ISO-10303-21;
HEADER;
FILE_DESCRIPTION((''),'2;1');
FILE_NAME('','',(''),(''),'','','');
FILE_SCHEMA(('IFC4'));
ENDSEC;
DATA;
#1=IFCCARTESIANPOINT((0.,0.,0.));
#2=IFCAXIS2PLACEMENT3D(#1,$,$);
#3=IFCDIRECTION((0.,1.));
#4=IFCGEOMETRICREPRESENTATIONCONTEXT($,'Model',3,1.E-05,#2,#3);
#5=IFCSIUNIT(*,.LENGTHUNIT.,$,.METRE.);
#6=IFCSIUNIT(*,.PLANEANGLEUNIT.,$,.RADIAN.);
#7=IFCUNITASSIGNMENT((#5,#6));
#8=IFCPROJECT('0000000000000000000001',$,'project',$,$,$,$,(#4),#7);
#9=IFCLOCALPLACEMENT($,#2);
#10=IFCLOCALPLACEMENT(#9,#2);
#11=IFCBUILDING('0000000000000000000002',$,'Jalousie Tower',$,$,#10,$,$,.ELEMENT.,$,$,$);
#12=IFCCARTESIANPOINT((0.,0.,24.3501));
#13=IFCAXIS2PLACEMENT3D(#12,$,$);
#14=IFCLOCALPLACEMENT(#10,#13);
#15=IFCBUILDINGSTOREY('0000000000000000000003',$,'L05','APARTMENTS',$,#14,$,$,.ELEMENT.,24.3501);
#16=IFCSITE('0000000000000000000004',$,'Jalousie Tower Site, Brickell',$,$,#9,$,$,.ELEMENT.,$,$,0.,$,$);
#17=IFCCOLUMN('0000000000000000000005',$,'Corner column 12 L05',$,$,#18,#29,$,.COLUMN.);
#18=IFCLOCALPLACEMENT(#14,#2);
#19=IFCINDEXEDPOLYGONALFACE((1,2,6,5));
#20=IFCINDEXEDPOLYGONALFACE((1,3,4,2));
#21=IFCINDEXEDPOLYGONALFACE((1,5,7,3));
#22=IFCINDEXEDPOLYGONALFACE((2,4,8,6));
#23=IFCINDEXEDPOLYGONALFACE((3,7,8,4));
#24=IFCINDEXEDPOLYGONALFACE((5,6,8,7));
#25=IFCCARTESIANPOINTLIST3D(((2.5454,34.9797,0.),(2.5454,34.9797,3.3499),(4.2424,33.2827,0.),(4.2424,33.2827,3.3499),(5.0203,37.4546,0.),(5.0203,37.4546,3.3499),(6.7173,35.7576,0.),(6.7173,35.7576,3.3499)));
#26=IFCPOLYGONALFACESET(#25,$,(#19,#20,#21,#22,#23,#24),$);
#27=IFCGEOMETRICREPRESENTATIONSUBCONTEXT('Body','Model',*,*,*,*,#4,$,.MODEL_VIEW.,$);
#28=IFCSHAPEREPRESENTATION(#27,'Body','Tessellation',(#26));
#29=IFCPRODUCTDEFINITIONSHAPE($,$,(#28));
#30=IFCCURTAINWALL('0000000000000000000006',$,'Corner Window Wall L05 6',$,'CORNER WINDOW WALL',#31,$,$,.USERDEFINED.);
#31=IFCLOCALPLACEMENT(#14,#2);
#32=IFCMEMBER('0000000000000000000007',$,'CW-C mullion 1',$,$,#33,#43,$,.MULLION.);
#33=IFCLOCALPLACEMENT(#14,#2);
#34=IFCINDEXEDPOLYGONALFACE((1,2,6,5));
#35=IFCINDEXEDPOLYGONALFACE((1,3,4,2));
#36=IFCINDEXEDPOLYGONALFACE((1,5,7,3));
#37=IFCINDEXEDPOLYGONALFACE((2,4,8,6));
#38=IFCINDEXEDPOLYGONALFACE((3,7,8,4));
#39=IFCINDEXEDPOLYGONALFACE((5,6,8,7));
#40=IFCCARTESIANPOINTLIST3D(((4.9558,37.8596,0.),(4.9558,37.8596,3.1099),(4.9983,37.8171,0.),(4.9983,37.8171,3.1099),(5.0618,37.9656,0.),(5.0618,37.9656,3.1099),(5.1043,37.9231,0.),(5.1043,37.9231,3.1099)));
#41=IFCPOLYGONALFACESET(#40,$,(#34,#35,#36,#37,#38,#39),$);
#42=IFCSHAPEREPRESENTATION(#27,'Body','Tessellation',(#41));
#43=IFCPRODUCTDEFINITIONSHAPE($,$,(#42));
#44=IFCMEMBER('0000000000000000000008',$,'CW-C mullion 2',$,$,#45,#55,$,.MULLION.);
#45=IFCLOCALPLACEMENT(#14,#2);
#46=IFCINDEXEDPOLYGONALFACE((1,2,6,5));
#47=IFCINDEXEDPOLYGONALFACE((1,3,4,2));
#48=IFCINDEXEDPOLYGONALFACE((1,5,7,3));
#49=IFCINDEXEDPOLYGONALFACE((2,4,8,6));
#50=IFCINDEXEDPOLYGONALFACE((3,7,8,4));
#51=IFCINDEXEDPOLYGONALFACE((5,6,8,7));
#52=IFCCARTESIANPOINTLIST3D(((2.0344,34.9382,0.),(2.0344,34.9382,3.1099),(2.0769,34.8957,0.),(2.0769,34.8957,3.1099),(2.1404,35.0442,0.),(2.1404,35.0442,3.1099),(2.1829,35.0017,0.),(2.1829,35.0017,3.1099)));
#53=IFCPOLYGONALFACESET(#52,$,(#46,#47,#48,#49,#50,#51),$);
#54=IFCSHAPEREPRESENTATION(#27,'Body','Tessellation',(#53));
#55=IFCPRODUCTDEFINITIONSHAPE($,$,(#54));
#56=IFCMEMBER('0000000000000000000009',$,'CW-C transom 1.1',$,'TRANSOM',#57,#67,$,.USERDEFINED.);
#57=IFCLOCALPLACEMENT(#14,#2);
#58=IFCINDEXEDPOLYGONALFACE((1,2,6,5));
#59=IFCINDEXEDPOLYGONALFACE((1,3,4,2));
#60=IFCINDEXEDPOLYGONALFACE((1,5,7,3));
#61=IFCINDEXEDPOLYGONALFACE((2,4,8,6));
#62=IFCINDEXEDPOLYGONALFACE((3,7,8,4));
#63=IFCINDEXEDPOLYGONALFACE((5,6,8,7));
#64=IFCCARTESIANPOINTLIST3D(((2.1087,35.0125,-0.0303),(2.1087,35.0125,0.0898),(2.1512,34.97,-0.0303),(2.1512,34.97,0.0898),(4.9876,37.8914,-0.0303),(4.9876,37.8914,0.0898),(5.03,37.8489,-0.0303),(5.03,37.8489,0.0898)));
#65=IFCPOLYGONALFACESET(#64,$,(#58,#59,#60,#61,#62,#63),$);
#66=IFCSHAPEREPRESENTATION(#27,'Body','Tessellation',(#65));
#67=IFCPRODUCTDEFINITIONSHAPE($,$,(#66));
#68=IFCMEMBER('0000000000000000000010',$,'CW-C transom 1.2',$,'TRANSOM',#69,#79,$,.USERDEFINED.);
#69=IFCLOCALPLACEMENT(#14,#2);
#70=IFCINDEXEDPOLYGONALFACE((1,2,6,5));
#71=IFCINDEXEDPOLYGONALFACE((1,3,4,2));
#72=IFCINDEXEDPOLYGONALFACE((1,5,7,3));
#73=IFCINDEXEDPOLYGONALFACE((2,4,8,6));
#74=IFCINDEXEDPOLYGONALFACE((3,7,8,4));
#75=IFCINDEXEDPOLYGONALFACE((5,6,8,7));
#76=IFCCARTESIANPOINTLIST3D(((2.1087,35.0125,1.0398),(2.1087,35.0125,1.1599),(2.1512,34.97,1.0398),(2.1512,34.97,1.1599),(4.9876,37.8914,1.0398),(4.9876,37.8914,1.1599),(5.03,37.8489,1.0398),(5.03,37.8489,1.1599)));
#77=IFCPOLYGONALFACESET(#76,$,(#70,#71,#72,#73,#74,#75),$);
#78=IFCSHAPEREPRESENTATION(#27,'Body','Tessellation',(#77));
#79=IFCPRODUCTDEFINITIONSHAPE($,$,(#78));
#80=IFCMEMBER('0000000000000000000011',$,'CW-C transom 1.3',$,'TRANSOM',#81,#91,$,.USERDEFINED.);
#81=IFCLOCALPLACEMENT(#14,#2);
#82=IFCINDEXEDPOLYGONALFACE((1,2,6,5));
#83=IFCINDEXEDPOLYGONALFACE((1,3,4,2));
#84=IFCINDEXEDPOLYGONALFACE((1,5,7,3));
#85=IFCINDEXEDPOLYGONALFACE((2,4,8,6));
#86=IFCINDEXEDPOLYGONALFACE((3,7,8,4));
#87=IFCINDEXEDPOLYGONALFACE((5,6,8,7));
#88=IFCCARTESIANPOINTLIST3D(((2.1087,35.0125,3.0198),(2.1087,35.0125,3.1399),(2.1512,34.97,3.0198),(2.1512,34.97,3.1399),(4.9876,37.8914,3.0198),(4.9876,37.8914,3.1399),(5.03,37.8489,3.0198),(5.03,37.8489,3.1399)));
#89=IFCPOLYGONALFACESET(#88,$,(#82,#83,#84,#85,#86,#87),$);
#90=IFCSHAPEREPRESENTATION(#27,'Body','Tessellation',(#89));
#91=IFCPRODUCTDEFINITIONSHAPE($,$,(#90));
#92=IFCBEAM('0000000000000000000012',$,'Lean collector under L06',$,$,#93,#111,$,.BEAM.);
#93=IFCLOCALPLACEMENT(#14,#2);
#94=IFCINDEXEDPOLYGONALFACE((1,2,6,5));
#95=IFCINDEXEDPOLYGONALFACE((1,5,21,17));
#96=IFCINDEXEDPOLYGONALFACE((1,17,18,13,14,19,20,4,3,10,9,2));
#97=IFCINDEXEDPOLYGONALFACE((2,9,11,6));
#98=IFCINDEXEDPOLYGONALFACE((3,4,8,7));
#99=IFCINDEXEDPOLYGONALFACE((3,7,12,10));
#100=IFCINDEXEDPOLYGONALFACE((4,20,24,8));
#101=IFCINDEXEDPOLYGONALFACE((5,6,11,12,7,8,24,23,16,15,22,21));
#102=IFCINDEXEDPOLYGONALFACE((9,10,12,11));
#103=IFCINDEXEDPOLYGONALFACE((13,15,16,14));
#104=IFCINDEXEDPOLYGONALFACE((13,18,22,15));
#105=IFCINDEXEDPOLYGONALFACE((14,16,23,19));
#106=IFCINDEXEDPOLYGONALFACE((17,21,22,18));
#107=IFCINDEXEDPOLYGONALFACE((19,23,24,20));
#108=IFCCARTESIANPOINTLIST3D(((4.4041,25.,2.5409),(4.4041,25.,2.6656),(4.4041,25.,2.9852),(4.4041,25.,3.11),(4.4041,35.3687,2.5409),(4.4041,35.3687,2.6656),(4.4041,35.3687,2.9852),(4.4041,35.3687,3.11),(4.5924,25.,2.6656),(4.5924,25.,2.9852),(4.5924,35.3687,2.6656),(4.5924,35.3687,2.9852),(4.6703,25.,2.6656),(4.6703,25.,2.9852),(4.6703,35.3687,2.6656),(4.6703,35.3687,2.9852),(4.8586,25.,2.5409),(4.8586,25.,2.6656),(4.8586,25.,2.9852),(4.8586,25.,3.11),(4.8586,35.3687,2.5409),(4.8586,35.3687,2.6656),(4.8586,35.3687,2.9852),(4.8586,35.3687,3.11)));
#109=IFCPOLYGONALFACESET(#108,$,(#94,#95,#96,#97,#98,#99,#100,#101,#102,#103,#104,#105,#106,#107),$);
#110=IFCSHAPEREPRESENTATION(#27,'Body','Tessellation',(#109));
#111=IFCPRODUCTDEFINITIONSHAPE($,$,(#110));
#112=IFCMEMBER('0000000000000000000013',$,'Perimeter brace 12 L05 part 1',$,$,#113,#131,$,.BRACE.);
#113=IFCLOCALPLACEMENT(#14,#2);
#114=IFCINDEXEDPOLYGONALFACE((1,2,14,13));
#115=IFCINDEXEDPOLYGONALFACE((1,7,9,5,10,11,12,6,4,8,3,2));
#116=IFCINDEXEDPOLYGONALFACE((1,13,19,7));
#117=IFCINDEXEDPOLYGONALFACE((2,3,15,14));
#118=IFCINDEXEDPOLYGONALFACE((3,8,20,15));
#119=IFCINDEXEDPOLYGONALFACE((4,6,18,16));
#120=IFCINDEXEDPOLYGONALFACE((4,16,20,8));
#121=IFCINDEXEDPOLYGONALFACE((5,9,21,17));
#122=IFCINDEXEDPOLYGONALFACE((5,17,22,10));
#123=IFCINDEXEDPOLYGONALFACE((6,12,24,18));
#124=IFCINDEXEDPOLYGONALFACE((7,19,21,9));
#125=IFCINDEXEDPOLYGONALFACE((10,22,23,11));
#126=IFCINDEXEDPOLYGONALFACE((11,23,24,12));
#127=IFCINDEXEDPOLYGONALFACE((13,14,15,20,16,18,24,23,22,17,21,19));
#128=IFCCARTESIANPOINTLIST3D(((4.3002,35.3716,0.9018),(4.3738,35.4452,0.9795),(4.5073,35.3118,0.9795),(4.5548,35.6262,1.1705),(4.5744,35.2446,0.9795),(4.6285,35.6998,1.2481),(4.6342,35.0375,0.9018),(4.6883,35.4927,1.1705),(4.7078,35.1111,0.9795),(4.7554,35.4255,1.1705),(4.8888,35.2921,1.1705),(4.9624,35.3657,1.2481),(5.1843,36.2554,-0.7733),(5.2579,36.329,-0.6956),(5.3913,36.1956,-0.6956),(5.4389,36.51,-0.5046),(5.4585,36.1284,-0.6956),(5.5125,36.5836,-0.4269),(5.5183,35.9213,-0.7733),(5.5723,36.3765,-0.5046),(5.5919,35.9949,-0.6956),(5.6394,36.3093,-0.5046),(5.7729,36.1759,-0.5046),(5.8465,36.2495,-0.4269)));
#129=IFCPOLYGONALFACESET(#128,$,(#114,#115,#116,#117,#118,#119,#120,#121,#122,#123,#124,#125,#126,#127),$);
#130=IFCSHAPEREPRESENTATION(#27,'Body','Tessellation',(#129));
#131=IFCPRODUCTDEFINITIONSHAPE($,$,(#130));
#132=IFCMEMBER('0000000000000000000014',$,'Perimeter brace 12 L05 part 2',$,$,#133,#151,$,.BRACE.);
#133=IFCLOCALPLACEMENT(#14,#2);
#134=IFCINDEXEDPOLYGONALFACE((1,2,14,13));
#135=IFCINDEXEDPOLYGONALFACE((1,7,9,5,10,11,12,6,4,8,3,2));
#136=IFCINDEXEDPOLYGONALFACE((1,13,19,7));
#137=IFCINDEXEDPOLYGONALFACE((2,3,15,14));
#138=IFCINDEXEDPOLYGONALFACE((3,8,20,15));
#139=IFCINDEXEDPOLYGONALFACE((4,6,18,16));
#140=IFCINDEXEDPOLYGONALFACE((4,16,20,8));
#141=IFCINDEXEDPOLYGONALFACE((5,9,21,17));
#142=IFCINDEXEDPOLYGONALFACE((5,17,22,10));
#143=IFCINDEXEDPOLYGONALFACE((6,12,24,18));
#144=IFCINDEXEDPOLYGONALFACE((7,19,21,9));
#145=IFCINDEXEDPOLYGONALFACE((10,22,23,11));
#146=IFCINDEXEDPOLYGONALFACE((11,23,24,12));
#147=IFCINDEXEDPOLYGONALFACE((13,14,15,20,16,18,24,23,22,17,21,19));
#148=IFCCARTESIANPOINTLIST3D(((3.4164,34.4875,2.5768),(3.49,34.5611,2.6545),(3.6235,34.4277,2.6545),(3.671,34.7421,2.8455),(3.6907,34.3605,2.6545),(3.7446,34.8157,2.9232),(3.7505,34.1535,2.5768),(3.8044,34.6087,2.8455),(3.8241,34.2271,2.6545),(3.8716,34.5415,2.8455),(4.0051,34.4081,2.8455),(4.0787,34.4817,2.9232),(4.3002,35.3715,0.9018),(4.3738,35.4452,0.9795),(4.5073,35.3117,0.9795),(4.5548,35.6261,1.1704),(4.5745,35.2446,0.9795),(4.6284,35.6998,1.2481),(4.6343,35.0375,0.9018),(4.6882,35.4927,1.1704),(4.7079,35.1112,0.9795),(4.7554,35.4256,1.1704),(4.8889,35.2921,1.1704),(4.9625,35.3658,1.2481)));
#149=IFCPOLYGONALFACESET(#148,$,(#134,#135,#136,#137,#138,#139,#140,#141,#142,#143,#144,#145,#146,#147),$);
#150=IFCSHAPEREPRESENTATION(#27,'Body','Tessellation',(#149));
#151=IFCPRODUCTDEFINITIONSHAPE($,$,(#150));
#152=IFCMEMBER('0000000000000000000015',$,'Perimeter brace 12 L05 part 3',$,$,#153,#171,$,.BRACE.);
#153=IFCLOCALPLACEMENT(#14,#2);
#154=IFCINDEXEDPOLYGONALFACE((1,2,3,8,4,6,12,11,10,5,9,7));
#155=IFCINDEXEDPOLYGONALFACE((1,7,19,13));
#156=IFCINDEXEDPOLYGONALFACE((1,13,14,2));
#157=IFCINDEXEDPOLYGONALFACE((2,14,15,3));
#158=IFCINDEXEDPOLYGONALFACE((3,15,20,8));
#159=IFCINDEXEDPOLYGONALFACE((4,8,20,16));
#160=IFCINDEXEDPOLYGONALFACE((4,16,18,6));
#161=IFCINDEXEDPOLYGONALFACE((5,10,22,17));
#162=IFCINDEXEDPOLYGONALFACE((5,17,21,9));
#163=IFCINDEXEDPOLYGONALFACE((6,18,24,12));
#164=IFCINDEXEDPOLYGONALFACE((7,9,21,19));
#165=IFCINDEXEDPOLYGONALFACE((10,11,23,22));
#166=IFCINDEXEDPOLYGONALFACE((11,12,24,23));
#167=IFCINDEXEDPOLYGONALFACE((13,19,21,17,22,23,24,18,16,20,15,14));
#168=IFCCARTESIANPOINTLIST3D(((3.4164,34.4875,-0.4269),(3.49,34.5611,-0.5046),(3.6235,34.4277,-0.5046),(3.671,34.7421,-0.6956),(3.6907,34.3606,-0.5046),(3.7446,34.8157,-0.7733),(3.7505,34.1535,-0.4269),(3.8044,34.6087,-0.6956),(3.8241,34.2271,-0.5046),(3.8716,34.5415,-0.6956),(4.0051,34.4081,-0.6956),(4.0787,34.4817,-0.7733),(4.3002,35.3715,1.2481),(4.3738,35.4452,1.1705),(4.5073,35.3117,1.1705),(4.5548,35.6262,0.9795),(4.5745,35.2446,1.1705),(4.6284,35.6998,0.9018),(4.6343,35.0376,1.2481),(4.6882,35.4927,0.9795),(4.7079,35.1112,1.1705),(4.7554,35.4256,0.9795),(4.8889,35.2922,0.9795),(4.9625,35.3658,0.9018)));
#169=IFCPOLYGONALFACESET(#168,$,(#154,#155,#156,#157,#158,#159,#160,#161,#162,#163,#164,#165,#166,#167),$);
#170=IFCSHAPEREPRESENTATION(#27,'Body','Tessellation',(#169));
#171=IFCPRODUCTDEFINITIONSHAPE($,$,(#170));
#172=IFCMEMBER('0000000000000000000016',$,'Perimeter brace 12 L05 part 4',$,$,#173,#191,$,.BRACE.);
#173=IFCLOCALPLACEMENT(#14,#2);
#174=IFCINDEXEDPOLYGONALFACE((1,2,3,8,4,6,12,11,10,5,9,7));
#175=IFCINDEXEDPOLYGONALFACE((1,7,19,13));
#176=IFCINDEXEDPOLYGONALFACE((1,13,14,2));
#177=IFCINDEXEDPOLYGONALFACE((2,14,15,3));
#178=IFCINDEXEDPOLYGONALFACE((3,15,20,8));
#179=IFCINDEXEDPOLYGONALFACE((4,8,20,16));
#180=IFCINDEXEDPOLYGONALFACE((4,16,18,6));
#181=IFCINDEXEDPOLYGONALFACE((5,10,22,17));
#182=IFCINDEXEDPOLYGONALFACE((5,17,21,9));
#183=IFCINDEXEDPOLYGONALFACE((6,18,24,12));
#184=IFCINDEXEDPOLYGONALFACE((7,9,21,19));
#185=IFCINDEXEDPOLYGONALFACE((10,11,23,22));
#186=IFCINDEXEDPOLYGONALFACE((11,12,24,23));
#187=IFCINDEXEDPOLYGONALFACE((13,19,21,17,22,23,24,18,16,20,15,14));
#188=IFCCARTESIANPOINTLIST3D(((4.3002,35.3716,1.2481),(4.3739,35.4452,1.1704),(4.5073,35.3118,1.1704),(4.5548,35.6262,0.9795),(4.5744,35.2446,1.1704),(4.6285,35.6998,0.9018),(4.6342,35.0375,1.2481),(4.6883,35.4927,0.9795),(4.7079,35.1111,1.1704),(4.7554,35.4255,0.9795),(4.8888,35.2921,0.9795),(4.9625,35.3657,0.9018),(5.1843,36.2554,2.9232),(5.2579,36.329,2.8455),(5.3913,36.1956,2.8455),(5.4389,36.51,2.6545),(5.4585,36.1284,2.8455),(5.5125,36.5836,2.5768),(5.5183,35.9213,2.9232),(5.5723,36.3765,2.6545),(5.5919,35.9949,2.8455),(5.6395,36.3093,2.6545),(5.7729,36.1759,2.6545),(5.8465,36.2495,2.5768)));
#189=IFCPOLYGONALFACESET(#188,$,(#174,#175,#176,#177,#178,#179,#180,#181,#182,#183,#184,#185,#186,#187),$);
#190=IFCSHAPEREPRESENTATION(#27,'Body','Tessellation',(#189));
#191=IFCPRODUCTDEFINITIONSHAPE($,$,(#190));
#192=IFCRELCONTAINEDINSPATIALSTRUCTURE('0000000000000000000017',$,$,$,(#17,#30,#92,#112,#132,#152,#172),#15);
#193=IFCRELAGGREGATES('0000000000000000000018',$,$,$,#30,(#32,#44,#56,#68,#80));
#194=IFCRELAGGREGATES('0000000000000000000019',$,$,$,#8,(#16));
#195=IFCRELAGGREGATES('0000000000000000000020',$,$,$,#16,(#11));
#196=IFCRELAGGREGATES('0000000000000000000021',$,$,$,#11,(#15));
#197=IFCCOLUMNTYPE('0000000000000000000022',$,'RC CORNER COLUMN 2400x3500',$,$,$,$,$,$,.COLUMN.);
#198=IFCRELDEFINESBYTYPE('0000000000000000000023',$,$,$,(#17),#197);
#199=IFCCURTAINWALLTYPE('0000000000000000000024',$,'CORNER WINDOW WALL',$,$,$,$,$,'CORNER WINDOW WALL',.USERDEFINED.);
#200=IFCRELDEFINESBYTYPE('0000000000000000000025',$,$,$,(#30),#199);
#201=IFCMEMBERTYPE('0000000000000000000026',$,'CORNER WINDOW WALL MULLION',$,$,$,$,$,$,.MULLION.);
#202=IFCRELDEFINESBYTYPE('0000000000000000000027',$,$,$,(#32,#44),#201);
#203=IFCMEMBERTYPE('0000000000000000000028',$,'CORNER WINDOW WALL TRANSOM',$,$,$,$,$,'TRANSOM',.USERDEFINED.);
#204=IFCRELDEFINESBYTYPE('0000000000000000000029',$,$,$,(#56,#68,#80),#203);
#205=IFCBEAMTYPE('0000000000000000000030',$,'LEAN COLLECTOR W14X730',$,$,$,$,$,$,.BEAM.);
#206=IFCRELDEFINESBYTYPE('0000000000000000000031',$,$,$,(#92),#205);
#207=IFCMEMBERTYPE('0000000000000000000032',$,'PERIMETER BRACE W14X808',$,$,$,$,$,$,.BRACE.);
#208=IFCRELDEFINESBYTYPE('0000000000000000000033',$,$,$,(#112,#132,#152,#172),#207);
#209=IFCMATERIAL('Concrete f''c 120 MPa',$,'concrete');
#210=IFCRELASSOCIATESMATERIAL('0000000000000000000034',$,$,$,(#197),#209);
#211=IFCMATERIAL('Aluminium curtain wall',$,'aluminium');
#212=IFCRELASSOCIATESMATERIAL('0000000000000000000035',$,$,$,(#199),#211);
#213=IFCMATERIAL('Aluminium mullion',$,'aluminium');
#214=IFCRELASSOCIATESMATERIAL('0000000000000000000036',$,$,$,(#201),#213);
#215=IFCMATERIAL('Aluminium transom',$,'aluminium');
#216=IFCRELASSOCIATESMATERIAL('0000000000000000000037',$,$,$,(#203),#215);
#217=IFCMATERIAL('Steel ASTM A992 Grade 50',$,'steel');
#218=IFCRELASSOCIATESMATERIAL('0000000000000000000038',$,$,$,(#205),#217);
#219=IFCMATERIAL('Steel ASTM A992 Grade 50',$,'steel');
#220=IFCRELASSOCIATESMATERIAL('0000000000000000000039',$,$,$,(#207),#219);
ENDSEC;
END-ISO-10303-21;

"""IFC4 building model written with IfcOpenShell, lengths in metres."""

from ifc_helpers import new_model, si_unit, direction, frame, origin, origin_2d, place, context, subcontext, project, spatial, rectangle, i_section, extrude, material, material_profile, profile_set, type_object, element, aggregate, save


model = new_model("IFC4")

# Units and contexts
model_context = context("Model", 3, precision=1e-05, world=origin(), true_north=direction((0.0, 1.0)))
body_context = subcontext(model_context, "Body", "Model", "MODEL_VIEW")
ifc_project = project(units=[si_unit("LENGTHUNIT", "METRE"), si_unit("PLANEANGLEUNIT", "RADIAN")], contexts=[model_context])

# Site, building, storey
site_placement = place(None, origin())
site = spatial("IfcSite", under=ifc_project, at=site_placement, Name="Jalousie Tower Site, Brickell", CompositionType="ELEMENT", RefElevation=0.0)
building_placement = place(site_placement, origin())
building = spatial("IfcBuilding", under=site, at=building_placement, Name="Jalousie Tower", CompositionType="ELEMENT")
storey_placement = place(building_placement, frame((0.0, 0.0, 24.3501)))
storey = spatial("IfcBuildingStorey", under=building, at=storey_placement, Name="L05", Description="APARTMENTS", CompositionType="ELEMENT", Elevation=24.3501)

# Column
ifc_material_1 = material(Name="Concrete f'c 120 MPa", Category="concrete")
ifc_material_profile_1 = material_profile(ifc_material_1, rectangle(XDim=2.3999, YDim=3.5, at=origin_2d()), Name="RC 2400x3500")
ifc_profile_set_1 = profile_set([ifc_material_profile_1], Name="Concrete f'c 120 MPa")
column_type = type_object("IfcColumnType", Name="RC CORNER COLUMN 2400x3500", PredefinedType="COLUMN", material=ifc_profile_set_1)
column_placement = place(storey_placement, frame((4.6313, 35.3687, 0.0), z_axis=(0.0, 0.0, 1.0), x_axis=(0.707107, -0.707107, 0.0)))
element("IfcColumn", 1, at=column_placement, inside=storey, type_object=column_type, Name="Corner column 12 L05", PredefinedType="COLUMN", context=body_context, shape_type="SweptSolid", body=[
    extrude(rectangle(XDim=2.3999, YDim=3.5, at=origin_2d()), origin(), (0.0, 0.0, 1.0), 3.3499),
])

# Curtain wall, members
ifc_material_2 = material(Name="Aluminium curtain wall", Category="aluminium")
curtain_wall_type_1 = type_object("IfcCurtainWallType", Name="CORNER WINDOW WALL", ElementType="CORNER WINDOW WALL", PredefinedType="USERDEFINED", material=ifc_material_2)
curtain_wall_1_placement = place(storey_placement, origin())
curtain_wall_1 = element("IfcCurtainWall", 2, at=curtain_wall_1_placement, inside=storey, type_object=curtain_wall_type_1, Name="Corner Window Wall L05 6", ObjectType="CORNER WINDOW WALL", PredefinedType="USERDEFINED")
ifc_material_3 = material(Name="Aluminium mullion", Category="aluminium")
ifc_material_profile_2 = material_profile(ifc_material_3, rectangle(XDim=0.0601, YDim=0.1499, at=origin_2d()), Name="MULLION 60x150")
ifc_profile_set_2 = profile_set([ifc_material_profile_2], Name="Aluminium mullion")
member_type_1 = type_object("IfcMemberType", Name="CORNER WINDOW WALL MULLION", PredefinedType="MULLION", material=ifc_profile_set_2)
member_1_placement = place(storey_placement, frame((5.03, 37.8914, 0.0), z_axis=(0.0, 0.0, 1.0), x_axis=(0.707107, -0.707107, 0.0)))
member_1 = element("IfcMember", 3, at=member_1_placement, type_object=member_type_1, Name="CW-C mullion 1", PredefinedType="MULLION", context=body_context, shape_type="SweptSolid", body=[
    extrude(rectangle(XDim=0.0601, YDim=0.1499, at=origin_2d()), origin(), (0.0, 0.0, 1.0), 3.1099),
])
member_2_placement = place(storey_placement, frame((2.1086, 34.97, 0.0), z_axis=(0.0, 0.0, 1.0), x_axis=(0.707107, -0.707107, 0.0)))
member_2 = element("IfcMember", 4, at=member_2_placement, type_object=member_type_1, Name="CW-C mullion 2", PredefinedType="MULLION", context=body_context, shape_type="SweptSolid", body=[
    extrude(rectangle(XDim=0.0601, YDim=0.1499, at=origin_2d()), origin(), (0.0, 0.0, 1.0), 3.1099),
])
ifc_material_4 = material(Name="Aluminium transom", Category="aluminium")
ifc_material_profile_3 = material_profile(ifc_material_4, rectangle(XDim=0.0601, YDim=0.1201, at=origin_2d()), Name="TRANSOM 60x120")
ifc_profile_set_3 = profile_set([ifc_material_profile_3], Name="Aluminium transom")
member_type_2 = type_object("IfcMemberType", Name="CORNER WINDOW WALL TRANSOM", ElementType="TRANSOM", PredefinedType="USERDEFINED", material=ifc_profile_set_3)
member_3_placement = place(storey_placement, frame((5.0088, 37.8701, 0.0298), z_axis=(-0.707107, -0.707107, 0.0), x_axis=(0.707107, -0.707107, 0.0)))
member_3 = element("IfcMember", 5, at=member_3_placement, type_object=member_type_2, Name="CW-C transom 1.1", ObjectType="TRANSOM", PredefinedType="USERDEFINED", context=body_context, shape_type="SweptSolid", body=[
    extrude(rectangle(XDim=0.0601, YDim=0.1201, at=origin_2d()), origin(), (0.0, 0.0, 1.0), 4.0713),
])
member_4_placement = place(storey_placement, frame((5.0088, 37.8701, 1.0999), z_axis=(-0.707107, -0.707107, 0.0), x_axis=(0.707107, -0.707107, 0.0)))
member_4 = element("IfcMember", 6, at=member_4_placement, type_object=member_type_2, Name="CW-C transom 1.2", ObjectType="TRANSOM", PredefinedType="USERDEFINED", context=body_context, shape_type="SweptSolid", body=[
    extrude(rectangle(XDim=0.0601, YDim=0.1201, at=origin_2d()), origin(), (0.0, 0.0, 1.0), 4.0713),
])
member_5_placement = place(storey_placement, frame((5.0088, 37.8701, 3.0798), z_axis=(-0.707107, -0.707107, 0.0), x_axis=(0.707107, -0.707107, 0.0)))
member_5 = element("IfcMember", 7, at=member_5_placement, type_object=member_type_2, Name="CW-C transom 1.3", ObjectType="TRANSOM", PredefinedType="USERDEFINED", context=body_context, shape_type="SweptSolid", body=[
    extrude(rectangle(XDim=0.0601, YDim=0.1201, at=origin_2d()), origin(), (0.0, 0.0, 1.0), 4.0713),
])

# Beam
ifc_material_5 = material(Name="Steel ASTM A992 Grade 50", Category="steel")
ifc_material_profile_4 = material_profile(ifc_material_5, i_section(OverallWidth=0.4546, OverallDepth=0.5691, WebThickness=0.0779, FlangeThickness=0.1248, at=origin_2d()), Name="W14X730")
ifc_profile_set_4 = profile_set([ifc_material_profile_4], Name="Steel ASTM A992 Grade 50")
beam_type_1 = type_object("IfcBeamType", Name="LEAN COLLECTOR W14X730", PredefinedType="BEAM", material=ifc_profile_set_4)
beam_1_placement = place(storey_placement, frame((4.6313, 35.3687, 2.8254), z_axis=(0.0, -1.0, 0.0), x_axis=(1.0, 0.0, 0.0)))
element("IfcBeam", 8, at=beam_1_placement, inside=storey, type_object=beam_type_1, Name="Lean collector under L06", PredefinedType="BEAM", context=body_context, shape_type="SweptSolid", body=[
    extrude(i_section(OverallWidth=0.4546, OverallDepth=0.5691, WebThickness=0.0779, FlangeThickness=0.1248, at=origin_2d()), origin(), (0.0, 0.0, 1.0), 10.3687),
])

# Members
ifc_material_6 = material(Name="Steel ASTM A992 Grade 50", Category="steel")
ifc_material_profile_5 = material_profile(ifc_material_6, i_section(OverallWidth=0.4724, OverallDepth=0.5791, WebThickness=0.095, FlangeThickness=0.1299, at=origin_2d()), Name="W14X808")
ifc_profile_set_5 = profile_set([ifc_material_profile_5], Name="Steel ASTM A992 Grade 50")
member_type_3 = type_object("IfcMemberType", Name="PERIMETER BRACE W14X808", PredefinedType="BRACE", material=ifc_profile_set_5)
for number, where, z_axis, x_axis, name in (
    (9, (5.5154, 36.2524, -0.6001), (-0.422969, -0.422852, 0.801432), (0.707009, -0.707204, 0.0), "Perimeter brace 12 L05 part 1"),
    (10, (4.6313, 35.3687, 1.075), (-0.422852, -0.422969, 0.801432), (0.707204, -0.707009, 0.0), "Perimeter brace 12 L05 part 2"),
    (11, (3.7476, 34.4846, -0.6001), (0.422852, 0.422969, 0.801432), (-0.707204, 0.707009, 0.0), "Perimeter brace 12 L05 part 3"),
    (12, (4.6313, 35.3687, 1.075), (0.422969, 0.422852, 0.801432), (-0.707009, 0.707204, 0.0), "Perimeter brace 12 L05 part 4"),
):
    element("IfcMember", number, at=place(storey_placement, frame(where, z_axis=z_axis, x_axis=x_axis)), inside=storey, type_object=member_type_3, Name=name, PredefinedType="BRACE", context=body_context, shape_type="SweptSolid", body=[
        extrude(i_section(OverallWidth=0.4724, OverallDepth=0.5791, WebThickness=0.095, FlangeThickness=0.1299, at=origin_2d()), origin(), (0.0, 0.0, 1.0), 2.0901),
    ])

aggregate(curtain_wall_1, [member_1, member_2, member_3, member_4, member_5])

save(model, "model.ifc")
